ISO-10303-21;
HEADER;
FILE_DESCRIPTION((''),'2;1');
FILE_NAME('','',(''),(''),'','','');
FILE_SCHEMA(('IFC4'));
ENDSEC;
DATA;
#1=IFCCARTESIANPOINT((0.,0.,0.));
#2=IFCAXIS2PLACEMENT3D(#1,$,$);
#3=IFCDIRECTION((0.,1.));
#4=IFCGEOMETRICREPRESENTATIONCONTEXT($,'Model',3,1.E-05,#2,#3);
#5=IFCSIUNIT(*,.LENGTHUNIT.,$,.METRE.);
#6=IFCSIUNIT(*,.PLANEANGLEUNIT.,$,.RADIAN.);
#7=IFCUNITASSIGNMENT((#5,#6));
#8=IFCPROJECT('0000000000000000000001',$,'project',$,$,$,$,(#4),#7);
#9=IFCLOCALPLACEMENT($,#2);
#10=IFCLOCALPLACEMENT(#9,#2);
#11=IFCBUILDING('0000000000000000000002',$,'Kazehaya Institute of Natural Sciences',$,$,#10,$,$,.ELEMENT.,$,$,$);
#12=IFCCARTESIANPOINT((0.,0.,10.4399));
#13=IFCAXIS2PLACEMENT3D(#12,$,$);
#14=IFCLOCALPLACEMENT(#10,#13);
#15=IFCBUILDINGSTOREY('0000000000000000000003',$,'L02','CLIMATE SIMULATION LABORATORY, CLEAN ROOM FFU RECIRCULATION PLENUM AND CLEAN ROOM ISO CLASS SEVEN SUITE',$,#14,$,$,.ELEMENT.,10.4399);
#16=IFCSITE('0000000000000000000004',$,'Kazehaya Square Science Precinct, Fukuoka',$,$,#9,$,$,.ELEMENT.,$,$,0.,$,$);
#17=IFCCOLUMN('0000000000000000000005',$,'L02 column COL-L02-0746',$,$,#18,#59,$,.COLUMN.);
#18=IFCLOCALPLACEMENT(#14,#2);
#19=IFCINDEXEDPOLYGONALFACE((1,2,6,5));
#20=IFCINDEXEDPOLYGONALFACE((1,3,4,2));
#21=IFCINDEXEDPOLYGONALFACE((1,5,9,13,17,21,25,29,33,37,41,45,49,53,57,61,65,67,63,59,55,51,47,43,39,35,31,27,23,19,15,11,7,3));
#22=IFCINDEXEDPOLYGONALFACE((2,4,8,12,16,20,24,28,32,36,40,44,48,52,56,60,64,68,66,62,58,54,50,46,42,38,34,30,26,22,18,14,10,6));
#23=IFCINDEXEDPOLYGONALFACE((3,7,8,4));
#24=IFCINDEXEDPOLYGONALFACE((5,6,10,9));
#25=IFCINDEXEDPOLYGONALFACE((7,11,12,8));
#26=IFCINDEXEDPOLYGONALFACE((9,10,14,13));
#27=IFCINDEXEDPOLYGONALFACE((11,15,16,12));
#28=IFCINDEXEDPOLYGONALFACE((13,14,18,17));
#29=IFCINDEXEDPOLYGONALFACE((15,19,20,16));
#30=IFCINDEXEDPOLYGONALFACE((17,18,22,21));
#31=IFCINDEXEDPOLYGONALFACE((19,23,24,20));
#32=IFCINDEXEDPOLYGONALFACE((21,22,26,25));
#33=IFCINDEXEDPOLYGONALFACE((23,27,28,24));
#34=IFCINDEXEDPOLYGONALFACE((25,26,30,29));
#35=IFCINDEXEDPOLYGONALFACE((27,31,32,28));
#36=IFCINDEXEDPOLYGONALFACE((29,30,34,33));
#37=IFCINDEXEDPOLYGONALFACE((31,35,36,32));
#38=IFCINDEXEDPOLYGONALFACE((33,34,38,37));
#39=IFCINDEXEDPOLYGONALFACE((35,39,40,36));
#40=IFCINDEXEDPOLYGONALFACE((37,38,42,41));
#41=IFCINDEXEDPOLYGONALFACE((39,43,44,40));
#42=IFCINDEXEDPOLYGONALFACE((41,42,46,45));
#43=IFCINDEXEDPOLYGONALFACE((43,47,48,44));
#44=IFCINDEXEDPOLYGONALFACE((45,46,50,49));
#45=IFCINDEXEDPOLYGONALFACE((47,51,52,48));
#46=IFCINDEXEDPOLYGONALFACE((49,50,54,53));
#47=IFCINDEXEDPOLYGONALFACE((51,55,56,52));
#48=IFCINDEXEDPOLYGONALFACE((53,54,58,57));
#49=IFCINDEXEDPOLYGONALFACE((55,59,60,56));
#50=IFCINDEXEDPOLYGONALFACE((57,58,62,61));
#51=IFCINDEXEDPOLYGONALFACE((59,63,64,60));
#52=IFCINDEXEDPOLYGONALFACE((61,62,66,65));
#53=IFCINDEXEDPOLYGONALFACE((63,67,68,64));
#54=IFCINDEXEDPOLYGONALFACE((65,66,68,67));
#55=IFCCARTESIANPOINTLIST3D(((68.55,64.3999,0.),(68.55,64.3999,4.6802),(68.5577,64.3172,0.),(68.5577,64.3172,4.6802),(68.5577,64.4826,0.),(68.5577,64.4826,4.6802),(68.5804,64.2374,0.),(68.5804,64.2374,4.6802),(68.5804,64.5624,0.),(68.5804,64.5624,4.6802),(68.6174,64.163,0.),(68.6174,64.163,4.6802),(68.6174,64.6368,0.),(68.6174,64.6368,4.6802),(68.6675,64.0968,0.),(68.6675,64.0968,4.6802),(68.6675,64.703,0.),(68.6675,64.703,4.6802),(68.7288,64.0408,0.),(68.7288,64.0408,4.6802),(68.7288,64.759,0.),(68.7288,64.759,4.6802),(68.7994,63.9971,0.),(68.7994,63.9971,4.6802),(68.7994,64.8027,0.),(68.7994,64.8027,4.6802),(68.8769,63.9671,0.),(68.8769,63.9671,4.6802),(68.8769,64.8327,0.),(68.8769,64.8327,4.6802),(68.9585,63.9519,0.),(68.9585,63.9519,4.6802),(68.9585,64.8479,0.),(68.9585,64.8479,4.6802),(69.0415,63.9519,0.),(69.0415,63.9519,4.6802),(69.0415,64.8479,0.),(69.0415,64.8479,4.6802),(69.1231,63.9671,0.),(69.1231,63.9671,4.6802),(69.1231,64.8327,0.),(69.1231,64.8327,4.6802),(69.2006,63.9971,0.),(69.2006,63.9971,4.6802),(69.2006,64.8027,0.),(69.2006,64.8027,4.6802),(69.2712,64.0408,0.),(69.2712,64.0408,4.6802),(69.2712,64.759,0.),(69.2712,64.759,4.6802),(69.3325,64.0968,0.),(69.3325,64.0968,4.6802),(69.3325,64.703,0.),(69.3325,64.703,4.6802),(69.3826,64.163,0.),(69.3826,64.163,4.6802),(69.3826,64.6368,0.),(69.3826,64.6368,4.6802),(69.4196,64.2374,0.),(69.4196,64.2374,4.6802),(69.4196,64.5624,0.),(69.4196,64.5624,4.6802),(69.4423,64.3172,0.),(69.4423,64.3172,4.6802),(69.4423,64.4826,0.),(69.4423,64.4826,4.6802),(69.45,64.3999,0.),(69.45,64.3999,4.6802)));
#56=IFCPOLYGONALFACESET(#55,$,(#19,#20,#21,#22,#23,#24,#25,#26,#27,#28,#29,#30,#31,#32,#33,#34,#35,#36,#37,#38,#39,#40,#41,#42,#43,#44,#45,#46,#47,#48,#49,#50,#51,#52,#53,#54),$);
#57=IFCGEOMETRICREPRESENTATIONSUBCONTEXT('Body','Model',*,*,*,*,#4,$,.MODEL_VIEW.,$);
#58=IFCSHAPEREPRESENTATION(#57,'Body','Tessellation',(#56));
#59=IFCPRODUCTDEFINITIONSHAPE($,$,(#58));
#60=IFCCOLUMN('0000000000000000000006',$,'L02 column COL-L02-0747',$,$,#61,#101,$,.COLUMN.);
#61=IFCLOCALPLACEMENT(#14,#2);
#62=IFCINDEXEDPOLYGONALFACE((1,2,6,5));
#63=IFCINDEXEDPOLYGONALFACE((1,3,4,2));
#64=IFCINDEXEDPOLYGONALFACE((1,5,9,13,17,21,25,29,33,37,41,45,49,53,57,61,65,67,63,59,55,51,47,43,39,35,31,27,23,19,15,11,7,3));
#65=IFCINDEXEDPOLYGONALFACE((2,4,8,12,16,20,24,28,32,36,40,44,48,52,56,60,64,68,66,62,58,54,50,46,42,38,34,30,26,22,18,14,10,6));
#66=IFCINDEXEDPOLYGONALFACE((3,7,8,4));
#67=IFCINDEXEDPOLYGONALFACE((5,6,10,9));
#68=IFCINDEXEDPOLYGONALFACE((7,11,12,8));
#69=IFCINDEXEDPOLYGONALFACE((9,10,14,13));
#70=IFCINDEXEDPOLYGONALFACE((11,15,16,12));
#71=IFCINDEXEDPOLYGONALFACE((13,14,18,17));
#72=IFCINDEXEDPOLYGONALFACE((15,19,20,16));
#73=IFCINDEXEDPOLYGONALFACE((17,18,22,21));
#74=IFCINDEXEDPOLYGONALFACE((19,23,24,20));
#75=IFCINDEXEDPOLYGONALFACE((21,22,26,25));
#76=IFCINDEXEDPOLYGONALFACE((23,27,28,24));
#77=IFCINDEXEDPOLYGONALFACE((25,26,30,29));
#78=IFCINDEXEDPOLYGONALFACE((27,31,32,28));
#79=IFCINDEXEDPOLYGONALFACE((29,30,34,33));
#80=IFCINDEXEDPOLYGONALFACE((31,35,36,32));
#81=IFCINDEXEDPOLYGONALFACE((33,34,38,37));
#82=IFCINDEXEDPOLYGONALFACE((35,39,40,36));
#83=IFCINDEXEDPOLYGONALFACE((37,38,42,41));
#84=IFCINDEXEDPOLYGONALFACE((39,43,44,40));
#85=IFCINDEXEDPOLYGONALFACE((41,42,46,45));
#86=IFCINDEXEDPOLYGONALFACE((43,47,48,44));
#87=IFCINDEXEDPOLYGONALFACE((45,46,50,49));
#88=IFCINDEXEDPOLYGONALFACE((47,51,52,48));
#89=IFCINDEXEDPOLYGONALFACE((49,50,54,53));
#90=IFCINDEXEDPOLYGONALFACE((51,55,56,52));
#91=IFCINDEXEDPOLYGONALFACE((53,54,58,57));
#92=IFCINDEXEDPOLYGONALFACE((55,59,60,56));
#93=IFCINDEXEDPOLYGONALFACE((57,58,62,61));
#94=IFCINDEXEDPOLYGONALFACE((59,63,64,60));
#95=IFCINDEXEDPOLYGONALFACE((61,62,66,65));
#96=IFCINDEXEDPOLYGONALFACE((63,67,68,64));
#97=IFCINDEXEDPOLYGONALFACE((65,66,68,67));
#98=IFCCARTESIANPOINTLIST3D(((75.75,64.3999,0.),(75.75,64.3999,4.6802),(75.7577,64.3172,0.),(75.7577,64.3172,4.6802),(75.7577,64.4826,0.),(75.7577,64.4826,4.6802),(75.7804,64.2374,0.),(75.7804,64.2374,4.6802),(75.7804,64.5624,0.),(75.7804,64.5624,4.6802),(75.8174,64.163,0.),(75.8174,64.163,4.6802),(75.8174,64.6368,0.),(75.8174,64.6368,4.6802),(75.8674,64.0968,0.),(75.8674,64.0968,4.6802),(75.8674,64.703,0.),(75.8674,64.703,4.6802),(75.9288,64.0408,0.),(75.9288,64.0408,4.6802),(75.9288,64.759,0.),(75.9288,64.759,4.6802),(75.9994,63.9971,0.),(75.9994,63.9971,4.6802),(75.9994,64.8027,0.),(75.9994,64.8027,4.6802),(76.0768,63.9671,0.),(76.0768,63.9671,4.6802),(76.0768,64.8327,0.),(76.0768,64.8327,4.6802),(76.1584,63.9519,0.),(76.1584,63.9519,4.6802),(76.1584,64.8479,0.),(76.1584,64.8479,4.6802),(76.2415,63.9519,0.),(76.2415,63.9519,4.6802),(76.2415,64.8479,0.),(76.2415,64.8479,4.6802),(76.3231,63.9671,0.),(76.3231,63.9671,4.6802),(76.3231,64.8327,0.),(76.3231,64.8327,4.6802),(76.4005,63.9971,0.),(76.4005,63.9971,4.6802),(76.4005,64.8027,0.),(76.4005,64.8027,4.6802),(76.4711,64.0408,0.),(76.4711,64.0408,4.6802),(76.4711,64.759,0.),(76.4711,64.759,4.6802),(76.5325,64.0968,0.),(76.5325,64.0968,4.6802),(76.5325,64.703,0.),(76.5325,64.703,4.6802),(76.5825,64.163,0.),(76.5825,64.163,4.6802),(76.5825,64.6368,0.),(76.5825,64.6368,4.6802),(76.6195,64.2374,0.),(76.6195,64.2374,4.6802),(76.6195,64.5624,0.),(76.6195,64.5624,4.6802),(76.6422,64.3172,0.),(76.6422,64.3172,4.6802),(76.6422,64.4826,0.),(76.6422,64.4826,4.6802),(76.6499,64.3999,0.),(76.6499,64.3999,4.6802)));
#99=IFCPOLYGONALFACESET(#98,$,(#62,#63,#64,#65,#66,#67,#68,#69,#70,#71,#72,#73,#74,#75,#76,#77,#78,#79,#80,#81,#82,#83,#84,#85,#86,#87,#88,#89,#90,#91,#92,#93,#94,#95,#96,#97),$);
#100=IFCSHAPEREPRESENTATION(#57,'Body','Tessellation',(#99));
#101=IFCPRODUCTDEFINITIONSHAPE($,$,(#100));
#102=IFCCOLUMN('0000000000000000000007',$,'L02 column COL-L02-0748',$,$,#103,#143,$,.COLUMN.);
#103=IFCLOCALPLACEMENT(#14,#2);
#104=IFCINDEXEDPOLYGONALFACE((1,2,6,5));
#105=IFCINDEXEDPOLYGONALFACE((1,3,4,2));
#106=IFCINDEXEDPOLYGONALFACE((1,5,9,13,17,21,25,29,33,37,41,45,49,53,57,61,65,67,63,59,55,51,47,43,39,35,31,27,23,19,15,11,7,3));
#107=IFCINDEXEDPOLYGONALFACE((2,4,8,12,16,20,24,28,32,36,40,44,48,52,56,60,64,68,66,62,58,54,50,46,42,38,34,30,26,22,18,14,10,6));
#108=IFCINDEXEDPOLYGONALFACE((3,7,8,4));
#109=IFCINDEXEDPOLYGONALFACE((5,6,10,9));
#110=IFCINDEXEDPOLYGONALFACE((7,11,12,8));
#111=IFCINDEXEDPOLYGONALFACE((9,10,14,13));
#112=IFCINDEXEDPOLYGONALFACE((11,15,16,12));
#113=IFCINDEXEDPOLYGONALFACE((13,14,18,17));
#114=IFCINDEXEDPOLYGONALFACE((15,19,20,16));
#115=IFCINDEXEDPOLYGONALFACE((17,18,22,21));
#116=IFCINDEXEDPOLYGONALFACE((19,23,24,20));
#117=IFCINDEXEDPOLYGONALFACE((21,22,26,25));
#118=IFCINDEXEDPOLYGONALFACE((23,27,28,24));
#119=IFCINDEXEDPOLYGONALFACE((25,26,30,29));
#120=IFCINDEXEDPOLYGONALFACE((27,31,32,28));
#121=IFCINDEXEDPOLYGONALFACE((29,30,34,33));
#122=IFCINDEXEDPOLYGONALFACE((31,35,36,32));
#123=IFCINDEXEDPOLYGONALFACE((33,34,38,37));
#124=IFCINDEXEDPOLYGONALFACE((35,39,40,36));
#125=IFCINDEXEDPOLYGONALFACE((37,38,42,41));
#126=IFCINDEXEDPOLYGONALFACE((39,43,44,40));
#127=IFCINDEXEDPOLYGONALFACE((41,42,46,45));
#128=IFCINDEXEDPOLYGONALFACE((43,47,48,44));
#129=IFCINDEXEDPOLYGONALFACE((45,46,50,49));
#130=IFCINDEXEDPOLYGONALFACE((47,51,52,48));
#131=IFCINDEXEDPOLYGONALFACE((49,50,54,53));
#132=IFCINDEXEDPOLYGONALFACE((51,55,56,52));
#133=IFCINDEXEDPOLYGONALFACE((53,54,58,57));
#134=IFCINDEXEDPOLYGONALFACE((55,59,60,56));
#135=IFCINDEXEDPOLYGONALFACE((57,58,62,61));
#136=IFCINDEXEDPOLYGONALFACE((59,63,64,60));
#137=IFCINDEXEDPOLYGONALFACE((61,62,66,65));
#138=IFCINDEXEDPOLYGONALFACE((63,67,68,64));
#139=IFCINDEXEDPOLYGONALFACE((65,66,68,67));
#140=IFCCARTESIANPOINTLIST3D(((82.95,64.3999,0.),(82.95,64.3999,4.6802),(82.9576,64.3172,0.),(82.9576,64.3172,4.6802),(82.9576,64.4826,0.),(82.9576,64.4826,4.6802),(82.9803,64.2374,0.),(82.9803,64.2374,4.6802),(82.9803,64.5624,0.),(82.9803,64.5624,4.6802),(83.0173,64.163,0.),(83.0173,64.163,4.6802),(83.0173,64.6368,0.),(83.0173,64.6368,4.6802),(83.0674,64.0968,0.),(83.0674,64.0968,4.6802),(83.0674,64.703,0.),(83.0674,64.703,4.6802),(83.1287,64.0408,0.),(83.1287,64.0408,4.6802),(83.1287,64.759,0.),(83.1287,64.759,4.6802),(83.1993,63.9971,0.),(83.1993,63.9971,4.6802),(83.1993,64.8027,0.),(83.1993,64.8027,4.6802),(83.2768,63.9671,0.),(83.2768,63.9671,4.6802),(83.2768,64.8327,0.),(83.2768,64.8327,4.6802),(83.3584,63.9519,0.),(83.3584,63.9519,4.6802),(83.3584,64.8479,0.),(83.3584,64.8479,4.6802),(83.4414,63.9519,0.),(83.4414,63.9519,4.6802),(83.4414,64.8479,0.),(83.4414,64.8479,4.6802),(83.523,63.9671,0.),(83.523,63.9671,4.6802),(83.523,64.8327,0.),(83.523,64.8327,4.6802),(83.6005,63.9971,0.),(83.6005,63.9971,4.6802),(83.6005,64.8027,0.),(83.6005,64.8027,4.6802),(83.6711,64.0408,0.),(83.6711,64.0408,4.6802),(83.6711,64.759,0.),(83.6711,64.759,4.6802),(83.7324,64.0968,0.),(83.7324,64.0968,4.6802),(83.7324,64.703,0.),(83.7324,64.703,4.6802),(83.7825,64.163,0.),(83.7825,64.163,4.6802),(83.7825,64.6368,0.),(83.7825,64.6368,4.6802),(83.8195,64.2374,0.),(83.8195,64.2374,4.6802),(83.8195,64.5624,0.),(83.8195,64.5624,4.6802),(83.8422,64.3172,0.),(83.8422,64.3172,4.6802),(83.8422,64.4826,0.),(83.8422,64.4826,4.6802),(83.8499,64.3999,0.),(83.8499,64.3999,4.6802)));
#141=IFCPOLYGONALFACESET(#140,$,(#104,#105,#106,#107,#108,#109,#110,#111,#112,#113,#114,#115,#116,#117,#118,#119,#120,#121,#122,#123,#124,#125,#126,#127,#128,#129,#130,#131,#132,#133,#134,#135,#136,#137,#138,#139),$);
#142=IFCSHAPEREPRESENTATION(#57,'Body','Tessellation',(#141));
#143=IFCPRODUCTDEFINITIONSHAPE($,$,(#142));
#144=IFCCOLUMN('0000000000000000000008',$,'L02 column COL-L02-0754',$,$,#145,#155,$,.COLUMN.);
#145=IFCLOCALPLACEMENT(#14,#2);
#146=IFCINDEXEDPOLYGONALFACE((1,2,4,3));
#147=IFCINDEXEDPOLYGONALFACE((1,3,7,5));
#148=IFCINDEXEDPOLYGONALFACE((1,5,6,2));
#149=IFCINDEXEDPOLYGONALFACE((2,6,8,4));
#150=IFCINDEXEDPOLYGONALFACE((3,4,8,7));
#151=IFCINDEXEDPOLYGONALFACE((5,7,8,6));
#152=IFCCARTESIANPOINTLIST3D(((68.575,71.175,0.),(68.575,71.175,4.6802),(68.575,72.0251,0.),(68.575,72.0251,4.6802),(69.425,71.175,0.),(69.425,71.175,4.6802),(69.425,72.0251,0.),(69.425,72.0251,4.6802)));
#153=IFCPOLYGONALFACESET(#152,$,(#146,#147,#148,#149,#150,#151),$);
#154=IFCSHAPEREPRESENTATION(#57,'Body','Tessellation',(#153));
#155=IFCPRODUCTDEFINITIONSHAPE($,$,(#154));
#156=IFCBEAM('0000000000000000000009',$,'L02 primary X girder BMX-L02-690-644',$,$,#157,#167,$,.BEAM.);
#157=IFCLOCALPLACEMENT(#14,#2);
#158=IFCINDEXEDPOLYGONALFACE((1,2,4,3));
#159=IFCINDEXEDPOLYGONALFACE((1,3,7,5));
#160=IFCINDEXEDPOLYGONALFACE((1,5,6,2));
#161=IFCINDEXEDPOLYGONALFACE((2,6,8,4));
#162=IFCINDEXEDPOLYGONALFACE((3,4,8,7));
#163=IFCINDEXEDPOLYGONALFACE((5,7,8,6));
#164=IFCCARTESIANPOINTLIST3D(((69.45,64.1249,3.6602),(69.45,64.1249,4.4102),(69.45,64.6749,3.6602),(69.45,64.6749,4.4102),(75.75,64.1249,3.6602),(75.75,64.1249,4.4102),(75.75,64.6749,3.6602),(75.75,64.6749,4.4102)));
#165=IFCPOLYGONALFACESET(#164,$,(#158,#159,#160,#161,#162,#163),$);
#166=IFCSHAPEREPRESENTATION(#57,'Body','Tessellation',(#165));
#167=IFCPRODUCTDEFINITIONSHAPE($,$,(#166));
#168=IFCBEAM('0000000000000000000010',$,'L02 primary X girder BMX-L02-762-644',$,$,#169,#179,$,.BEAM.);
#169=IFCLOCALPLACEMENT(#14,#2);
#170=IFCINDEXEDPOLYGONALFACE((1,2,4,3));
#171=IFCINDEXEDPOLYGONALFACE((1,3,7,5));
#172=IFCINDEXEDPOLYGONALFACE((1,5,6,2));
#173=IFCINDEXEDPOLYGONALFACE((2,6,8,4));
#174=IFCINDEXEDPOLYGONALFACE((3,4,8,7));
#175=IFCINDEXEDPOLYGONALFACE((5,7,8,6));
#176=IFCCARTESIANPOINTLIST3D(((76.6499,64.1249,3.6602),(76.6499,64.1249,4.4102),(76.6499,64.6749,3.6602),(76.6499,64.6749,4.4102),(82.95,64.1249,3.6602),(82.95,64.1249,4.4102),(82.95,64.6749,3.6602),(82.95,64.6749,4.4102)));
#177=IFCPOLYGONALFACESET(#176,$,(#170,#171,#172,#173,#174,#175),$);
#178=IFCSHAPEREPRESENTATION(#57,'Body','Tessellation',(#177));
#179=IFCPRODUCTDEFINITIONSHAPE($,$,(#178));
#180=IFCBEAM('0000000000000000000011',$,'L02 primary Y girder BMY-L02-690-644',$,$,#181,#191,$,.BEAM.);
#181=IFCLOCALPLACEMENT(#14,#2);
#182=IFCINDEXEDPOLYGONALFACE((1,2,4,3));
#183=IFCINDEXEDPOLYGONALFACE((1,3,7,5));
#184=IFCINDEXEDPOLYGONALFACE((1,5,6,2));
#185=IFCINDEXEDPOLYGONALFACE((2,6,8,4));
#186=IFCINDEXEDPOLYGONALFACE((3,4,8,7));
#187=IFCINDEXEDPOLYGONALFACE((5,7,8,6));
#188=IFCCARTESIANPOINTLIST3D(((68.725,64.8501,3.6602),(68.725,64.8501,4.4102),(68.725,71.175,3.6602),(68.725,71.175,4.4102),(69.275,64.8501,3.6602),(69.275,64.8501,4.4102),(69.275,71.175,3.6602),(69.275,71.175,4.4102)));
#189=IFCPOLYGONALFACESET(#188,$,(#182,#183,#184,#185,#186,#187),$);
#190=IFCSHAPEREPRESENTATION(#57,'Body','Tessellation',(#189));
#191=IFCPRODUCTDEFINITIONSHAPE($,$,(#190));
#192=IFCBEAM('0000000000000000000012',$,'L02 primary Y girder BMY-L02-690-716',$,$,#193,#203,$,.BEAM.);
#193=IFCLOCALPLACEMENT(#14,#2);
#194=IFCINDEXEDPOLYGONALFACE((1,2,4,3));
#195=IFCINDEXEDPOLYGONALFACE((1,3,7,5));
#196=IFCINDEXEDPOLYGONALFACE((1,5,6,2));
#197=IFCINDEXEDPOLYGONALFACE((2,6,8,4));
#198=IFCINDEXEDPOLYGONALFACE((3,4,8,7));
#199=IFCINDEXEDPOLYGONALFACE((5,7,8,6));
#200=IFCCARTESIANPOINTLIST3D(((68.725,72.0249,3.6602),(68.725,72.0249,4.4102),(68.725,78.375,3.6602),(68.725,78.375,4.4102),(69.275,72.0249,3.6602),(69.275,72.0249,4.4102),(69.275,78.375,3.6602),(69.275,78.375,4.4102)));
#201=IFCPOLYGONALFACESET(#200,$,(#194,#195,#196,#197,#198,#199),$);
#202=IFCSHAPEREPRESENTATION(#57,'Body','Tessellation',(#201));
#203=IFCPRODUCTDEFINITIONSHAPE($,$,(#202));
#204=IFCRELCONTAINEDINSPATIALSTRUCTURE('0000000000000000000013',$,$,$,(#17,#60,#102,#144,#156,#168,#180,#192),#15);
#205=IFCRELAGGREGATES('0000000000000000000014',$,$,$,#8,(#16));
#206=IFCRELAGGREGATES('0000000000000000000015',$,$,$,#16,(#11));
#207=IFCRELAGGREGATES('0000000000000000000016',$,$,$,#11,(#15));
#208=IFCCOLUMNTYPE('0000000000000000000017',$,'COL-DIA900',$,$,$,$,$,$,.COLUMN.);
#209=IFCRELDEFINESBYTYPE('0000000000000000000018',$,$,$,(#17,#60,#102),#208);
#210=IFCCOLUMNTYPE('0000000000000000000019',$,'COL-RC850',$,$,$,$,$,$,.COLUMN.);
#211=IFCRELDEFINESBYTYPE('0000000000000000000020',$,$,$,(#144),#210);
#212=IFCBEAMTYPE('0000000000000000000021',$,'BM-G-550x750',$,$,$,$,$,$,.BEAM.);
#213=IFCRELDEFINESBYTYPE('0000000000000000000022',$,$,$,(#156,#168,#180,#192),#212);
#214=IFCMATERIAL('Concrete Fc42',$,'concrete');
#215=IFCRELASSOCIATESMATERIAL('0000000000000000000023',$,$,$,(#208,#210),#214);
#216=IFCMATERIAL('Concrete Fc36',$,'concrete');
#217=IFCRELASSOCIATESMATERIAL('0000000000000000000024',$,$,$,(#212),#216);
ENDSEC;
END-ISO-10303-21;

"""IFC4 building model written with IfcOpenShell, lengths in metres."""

from ifc_helpers import new_model, si_unit, direction, frame, origin, origin_2d, place, context, subcontext, project, spatial, rectangle, circle, extrude, material, material_profile, profile_set, type_object, element, save


model = new_model("IFC4")

# Units and contexts
model_context = context("Model", 3, precision=1e-05, world=origin(), true_north=direction((0.0, 1.0)))
body_context = subcontext(model_context, "Body", "Model", "MODEL_VIEW")
ifc_project = project(units=[si_unit("LENGTHUNIT", "METRE"), si_unit("PLANEANGLEUNIT", "RADIAN")], contexts=[model_context])

# Site, building, storey
site_placement = place(None, origin())
site = spatial("IfcSite", under=ifc_project, at=site_placement, Name="Kazehaya Square Science Precinct, Fukuoka", CompositionType="ELEMENT", RefElevation=0.0)
building_placement = place(site_placement, origin())
building = spatial("IfcBuilding", under=site, at=building_placement, Name="Kazehaya Institute of Natural Sciences", CompositionType="ELEMENT")
storey_placement = place(building_placement, frame((0.0, 0.0, 10.4399)))
storey = spatial("IfcBuildingStorey", under=building, at=storey_placement, Name="L02", Description="CLIMATE SIMULATION LABORATORY, CLEAN ROOM FFU RECIRCULATION PLENUM AND CLEAN ROOM ISO CLASS SEVEN SUITE", CompositionType="ELEMENT", Elevation=10.4399)

# Columns
ifc_material_1 = material(Name="Concrete Fc42", Category="concrete")
ifc_material_profile_1 = material_profile(ifc_material_1, circle(Radius=0.45, at=origin_2d()), Name="RC-DIA900")
ifc_profile_set_1 = profile_set([ifc_material_profile_1], Name="Concrete Fc42")
column_type_1 = type_object("IfcColumnType", Name="COL-DIA900", PredefinedType="COLUMN", material=ifc_profile_set_1)
for number, where, z_axis, x_axis, name in (
    (1, (69.0, 64.3999, 0.0), (0.0, 0.0, 1.0), (1.0, 0.0, 0.0), "L02 column COL-L02-0746"),
    (2, (76.2, 64.3999, 0.0), (0.0, 0.0, 1.0), (1.0, 0.0, 0.0), "L02 column COL-L02-0747"),
    (3, (83.3999, 64.3999, 0.0), (0.0, 0.0, 1.0), (1.0, 0.0, 0.0), "L02 column COL-L02-0748"),
):
    element("IfcColumn", number, at=place(storey_placement, frame(where, z_axis=z_axis, x_axis=x_axis)), inside=storey, type_object=column_type_1, Name=name, PredefinedType="COLUMN", context=body_context, shape_type="SweptSolid", body=[
        extrude(circle(Radius=0.45, at=origin_2d()), origin(), (0.0, 0.0, 1.0), 4.6802),
    ])
ifc_material_profile_2 = material_profile(ifc_material_1, rectangle(XDim=0.8501, YDim=0.8501, at=origin_2d()), Name="RC-850x850")
ifc_profile_set_2 = profile_set([ifc_material_profile_2], Name="Concrete Fc42")
column_type_2 = type_object("IfcColumnType", Name="COL-RC850", PredefinedType="COLUMN", material=ifc_profile_set_2)
column_placement = place(storey_placement, frame((69.0, 71.6001, 0.0), z_axis=(0.0, 0.0, 1.0), x_axis=(1.0, 0.0, 0.0)))
element("IfcColumn", 4, at=column_placement, inside=storey, type_object=column_type_2, Name="L02 column COL-L02-0754", PredefinedType="COLUMN", context=body_context, shape_type="SweptSolid", body=[
    extrude(rectangle(XDim=0.8501, YDim=0.8501, at=origin_2d()), origin(), (0.0, 0.0, 1.0), 4.6802),
])

# Beams
ifc_material_2 = material(Name="Concrete Fc36", Category="concrete")
ifc_material_profile_3 = material_profile(ifc_material_2, rectangle(XDim=0.55, YDim=0.75, at=origin_2d()), Name="RC-550x750")
ifc_profile_set_3 = profile_set([ifc_material_profile_3], Name="Concrete Fc36")
beam_type = type_object("IfcBeamType", Name="BM-G-550x750", PredefinedType="BEAM", material=ifc_profile_set_3)
for number, where, z_axis, x_axis, name in (
    (5, (69.45, 64.3999, 4.0352), (1.0, 0.0, 0.0), (0.0, 1.0, 0.0), "L02 primary X girder BMX-L02-690-644"),
    (6, (76.6499, 64.3999, 4.0352), (1.0, 0.0, 0.0), (0.0, 1.0, 0.0), "L02 primary X girder BMX-L02-762-644"),
):
    element("IfcBeam", number, at=place(storey_placement, frame(where, z_axis=z_axis, x_axis=x_axis)), inside=storey, type_object=beam_type, Name=name, PredefinedType="BEAM", context=body_context, shape_type="SweptSolid", body=[
        extrude(rectangle(XDim=0.55, YDim=0.75, at=origin_2d()), origin(), (0.0, 0.0, 1.0), 6.3),
    ])
beam_1_placement = place(storey_placement, frame((69.0, 64.8501, 4.0352), z_axis=(0.0, 1.0, 0.0), x_axis=(-1.0, 0.0, 0.0)))
element("IfcBeam", 7, at=beam_1_placement, inside=storey, type_object=beam_type, Name="L02 primary Y girder BMY-L02-690-644", PredefinedType="BEAM", context=body_context, shape_type="SweptSolid", body=[
    extrude(rectangle(XDim=0.55, YDim=0.75, at=origin_2d()), origin(), (0.0, 0.0, 1.0), 6.325),
])
beam_2_placement = place(storey_placement, frame((69.0, 72.0249, 4.0352), z_axis=(0.0, 1.0, 0.0), x_axis=(-1.0, 0.0, 0.0)))
element("IfcBeam", 8, at=beam_2_placement, inside=storey, type_object=beam_type, Name="L02 primary Y girder BMY-L02-690-716", PredefinedType="BEAM", context=body_context, shape_type="SweptSolid", body=[
    extrude(rectangle(XDim=0.55, YDim=0.75, at=origin_2d()), origin(), (0.0, 0.0, 1.0), 6.3501),
])

save(model, "model.ifc")
